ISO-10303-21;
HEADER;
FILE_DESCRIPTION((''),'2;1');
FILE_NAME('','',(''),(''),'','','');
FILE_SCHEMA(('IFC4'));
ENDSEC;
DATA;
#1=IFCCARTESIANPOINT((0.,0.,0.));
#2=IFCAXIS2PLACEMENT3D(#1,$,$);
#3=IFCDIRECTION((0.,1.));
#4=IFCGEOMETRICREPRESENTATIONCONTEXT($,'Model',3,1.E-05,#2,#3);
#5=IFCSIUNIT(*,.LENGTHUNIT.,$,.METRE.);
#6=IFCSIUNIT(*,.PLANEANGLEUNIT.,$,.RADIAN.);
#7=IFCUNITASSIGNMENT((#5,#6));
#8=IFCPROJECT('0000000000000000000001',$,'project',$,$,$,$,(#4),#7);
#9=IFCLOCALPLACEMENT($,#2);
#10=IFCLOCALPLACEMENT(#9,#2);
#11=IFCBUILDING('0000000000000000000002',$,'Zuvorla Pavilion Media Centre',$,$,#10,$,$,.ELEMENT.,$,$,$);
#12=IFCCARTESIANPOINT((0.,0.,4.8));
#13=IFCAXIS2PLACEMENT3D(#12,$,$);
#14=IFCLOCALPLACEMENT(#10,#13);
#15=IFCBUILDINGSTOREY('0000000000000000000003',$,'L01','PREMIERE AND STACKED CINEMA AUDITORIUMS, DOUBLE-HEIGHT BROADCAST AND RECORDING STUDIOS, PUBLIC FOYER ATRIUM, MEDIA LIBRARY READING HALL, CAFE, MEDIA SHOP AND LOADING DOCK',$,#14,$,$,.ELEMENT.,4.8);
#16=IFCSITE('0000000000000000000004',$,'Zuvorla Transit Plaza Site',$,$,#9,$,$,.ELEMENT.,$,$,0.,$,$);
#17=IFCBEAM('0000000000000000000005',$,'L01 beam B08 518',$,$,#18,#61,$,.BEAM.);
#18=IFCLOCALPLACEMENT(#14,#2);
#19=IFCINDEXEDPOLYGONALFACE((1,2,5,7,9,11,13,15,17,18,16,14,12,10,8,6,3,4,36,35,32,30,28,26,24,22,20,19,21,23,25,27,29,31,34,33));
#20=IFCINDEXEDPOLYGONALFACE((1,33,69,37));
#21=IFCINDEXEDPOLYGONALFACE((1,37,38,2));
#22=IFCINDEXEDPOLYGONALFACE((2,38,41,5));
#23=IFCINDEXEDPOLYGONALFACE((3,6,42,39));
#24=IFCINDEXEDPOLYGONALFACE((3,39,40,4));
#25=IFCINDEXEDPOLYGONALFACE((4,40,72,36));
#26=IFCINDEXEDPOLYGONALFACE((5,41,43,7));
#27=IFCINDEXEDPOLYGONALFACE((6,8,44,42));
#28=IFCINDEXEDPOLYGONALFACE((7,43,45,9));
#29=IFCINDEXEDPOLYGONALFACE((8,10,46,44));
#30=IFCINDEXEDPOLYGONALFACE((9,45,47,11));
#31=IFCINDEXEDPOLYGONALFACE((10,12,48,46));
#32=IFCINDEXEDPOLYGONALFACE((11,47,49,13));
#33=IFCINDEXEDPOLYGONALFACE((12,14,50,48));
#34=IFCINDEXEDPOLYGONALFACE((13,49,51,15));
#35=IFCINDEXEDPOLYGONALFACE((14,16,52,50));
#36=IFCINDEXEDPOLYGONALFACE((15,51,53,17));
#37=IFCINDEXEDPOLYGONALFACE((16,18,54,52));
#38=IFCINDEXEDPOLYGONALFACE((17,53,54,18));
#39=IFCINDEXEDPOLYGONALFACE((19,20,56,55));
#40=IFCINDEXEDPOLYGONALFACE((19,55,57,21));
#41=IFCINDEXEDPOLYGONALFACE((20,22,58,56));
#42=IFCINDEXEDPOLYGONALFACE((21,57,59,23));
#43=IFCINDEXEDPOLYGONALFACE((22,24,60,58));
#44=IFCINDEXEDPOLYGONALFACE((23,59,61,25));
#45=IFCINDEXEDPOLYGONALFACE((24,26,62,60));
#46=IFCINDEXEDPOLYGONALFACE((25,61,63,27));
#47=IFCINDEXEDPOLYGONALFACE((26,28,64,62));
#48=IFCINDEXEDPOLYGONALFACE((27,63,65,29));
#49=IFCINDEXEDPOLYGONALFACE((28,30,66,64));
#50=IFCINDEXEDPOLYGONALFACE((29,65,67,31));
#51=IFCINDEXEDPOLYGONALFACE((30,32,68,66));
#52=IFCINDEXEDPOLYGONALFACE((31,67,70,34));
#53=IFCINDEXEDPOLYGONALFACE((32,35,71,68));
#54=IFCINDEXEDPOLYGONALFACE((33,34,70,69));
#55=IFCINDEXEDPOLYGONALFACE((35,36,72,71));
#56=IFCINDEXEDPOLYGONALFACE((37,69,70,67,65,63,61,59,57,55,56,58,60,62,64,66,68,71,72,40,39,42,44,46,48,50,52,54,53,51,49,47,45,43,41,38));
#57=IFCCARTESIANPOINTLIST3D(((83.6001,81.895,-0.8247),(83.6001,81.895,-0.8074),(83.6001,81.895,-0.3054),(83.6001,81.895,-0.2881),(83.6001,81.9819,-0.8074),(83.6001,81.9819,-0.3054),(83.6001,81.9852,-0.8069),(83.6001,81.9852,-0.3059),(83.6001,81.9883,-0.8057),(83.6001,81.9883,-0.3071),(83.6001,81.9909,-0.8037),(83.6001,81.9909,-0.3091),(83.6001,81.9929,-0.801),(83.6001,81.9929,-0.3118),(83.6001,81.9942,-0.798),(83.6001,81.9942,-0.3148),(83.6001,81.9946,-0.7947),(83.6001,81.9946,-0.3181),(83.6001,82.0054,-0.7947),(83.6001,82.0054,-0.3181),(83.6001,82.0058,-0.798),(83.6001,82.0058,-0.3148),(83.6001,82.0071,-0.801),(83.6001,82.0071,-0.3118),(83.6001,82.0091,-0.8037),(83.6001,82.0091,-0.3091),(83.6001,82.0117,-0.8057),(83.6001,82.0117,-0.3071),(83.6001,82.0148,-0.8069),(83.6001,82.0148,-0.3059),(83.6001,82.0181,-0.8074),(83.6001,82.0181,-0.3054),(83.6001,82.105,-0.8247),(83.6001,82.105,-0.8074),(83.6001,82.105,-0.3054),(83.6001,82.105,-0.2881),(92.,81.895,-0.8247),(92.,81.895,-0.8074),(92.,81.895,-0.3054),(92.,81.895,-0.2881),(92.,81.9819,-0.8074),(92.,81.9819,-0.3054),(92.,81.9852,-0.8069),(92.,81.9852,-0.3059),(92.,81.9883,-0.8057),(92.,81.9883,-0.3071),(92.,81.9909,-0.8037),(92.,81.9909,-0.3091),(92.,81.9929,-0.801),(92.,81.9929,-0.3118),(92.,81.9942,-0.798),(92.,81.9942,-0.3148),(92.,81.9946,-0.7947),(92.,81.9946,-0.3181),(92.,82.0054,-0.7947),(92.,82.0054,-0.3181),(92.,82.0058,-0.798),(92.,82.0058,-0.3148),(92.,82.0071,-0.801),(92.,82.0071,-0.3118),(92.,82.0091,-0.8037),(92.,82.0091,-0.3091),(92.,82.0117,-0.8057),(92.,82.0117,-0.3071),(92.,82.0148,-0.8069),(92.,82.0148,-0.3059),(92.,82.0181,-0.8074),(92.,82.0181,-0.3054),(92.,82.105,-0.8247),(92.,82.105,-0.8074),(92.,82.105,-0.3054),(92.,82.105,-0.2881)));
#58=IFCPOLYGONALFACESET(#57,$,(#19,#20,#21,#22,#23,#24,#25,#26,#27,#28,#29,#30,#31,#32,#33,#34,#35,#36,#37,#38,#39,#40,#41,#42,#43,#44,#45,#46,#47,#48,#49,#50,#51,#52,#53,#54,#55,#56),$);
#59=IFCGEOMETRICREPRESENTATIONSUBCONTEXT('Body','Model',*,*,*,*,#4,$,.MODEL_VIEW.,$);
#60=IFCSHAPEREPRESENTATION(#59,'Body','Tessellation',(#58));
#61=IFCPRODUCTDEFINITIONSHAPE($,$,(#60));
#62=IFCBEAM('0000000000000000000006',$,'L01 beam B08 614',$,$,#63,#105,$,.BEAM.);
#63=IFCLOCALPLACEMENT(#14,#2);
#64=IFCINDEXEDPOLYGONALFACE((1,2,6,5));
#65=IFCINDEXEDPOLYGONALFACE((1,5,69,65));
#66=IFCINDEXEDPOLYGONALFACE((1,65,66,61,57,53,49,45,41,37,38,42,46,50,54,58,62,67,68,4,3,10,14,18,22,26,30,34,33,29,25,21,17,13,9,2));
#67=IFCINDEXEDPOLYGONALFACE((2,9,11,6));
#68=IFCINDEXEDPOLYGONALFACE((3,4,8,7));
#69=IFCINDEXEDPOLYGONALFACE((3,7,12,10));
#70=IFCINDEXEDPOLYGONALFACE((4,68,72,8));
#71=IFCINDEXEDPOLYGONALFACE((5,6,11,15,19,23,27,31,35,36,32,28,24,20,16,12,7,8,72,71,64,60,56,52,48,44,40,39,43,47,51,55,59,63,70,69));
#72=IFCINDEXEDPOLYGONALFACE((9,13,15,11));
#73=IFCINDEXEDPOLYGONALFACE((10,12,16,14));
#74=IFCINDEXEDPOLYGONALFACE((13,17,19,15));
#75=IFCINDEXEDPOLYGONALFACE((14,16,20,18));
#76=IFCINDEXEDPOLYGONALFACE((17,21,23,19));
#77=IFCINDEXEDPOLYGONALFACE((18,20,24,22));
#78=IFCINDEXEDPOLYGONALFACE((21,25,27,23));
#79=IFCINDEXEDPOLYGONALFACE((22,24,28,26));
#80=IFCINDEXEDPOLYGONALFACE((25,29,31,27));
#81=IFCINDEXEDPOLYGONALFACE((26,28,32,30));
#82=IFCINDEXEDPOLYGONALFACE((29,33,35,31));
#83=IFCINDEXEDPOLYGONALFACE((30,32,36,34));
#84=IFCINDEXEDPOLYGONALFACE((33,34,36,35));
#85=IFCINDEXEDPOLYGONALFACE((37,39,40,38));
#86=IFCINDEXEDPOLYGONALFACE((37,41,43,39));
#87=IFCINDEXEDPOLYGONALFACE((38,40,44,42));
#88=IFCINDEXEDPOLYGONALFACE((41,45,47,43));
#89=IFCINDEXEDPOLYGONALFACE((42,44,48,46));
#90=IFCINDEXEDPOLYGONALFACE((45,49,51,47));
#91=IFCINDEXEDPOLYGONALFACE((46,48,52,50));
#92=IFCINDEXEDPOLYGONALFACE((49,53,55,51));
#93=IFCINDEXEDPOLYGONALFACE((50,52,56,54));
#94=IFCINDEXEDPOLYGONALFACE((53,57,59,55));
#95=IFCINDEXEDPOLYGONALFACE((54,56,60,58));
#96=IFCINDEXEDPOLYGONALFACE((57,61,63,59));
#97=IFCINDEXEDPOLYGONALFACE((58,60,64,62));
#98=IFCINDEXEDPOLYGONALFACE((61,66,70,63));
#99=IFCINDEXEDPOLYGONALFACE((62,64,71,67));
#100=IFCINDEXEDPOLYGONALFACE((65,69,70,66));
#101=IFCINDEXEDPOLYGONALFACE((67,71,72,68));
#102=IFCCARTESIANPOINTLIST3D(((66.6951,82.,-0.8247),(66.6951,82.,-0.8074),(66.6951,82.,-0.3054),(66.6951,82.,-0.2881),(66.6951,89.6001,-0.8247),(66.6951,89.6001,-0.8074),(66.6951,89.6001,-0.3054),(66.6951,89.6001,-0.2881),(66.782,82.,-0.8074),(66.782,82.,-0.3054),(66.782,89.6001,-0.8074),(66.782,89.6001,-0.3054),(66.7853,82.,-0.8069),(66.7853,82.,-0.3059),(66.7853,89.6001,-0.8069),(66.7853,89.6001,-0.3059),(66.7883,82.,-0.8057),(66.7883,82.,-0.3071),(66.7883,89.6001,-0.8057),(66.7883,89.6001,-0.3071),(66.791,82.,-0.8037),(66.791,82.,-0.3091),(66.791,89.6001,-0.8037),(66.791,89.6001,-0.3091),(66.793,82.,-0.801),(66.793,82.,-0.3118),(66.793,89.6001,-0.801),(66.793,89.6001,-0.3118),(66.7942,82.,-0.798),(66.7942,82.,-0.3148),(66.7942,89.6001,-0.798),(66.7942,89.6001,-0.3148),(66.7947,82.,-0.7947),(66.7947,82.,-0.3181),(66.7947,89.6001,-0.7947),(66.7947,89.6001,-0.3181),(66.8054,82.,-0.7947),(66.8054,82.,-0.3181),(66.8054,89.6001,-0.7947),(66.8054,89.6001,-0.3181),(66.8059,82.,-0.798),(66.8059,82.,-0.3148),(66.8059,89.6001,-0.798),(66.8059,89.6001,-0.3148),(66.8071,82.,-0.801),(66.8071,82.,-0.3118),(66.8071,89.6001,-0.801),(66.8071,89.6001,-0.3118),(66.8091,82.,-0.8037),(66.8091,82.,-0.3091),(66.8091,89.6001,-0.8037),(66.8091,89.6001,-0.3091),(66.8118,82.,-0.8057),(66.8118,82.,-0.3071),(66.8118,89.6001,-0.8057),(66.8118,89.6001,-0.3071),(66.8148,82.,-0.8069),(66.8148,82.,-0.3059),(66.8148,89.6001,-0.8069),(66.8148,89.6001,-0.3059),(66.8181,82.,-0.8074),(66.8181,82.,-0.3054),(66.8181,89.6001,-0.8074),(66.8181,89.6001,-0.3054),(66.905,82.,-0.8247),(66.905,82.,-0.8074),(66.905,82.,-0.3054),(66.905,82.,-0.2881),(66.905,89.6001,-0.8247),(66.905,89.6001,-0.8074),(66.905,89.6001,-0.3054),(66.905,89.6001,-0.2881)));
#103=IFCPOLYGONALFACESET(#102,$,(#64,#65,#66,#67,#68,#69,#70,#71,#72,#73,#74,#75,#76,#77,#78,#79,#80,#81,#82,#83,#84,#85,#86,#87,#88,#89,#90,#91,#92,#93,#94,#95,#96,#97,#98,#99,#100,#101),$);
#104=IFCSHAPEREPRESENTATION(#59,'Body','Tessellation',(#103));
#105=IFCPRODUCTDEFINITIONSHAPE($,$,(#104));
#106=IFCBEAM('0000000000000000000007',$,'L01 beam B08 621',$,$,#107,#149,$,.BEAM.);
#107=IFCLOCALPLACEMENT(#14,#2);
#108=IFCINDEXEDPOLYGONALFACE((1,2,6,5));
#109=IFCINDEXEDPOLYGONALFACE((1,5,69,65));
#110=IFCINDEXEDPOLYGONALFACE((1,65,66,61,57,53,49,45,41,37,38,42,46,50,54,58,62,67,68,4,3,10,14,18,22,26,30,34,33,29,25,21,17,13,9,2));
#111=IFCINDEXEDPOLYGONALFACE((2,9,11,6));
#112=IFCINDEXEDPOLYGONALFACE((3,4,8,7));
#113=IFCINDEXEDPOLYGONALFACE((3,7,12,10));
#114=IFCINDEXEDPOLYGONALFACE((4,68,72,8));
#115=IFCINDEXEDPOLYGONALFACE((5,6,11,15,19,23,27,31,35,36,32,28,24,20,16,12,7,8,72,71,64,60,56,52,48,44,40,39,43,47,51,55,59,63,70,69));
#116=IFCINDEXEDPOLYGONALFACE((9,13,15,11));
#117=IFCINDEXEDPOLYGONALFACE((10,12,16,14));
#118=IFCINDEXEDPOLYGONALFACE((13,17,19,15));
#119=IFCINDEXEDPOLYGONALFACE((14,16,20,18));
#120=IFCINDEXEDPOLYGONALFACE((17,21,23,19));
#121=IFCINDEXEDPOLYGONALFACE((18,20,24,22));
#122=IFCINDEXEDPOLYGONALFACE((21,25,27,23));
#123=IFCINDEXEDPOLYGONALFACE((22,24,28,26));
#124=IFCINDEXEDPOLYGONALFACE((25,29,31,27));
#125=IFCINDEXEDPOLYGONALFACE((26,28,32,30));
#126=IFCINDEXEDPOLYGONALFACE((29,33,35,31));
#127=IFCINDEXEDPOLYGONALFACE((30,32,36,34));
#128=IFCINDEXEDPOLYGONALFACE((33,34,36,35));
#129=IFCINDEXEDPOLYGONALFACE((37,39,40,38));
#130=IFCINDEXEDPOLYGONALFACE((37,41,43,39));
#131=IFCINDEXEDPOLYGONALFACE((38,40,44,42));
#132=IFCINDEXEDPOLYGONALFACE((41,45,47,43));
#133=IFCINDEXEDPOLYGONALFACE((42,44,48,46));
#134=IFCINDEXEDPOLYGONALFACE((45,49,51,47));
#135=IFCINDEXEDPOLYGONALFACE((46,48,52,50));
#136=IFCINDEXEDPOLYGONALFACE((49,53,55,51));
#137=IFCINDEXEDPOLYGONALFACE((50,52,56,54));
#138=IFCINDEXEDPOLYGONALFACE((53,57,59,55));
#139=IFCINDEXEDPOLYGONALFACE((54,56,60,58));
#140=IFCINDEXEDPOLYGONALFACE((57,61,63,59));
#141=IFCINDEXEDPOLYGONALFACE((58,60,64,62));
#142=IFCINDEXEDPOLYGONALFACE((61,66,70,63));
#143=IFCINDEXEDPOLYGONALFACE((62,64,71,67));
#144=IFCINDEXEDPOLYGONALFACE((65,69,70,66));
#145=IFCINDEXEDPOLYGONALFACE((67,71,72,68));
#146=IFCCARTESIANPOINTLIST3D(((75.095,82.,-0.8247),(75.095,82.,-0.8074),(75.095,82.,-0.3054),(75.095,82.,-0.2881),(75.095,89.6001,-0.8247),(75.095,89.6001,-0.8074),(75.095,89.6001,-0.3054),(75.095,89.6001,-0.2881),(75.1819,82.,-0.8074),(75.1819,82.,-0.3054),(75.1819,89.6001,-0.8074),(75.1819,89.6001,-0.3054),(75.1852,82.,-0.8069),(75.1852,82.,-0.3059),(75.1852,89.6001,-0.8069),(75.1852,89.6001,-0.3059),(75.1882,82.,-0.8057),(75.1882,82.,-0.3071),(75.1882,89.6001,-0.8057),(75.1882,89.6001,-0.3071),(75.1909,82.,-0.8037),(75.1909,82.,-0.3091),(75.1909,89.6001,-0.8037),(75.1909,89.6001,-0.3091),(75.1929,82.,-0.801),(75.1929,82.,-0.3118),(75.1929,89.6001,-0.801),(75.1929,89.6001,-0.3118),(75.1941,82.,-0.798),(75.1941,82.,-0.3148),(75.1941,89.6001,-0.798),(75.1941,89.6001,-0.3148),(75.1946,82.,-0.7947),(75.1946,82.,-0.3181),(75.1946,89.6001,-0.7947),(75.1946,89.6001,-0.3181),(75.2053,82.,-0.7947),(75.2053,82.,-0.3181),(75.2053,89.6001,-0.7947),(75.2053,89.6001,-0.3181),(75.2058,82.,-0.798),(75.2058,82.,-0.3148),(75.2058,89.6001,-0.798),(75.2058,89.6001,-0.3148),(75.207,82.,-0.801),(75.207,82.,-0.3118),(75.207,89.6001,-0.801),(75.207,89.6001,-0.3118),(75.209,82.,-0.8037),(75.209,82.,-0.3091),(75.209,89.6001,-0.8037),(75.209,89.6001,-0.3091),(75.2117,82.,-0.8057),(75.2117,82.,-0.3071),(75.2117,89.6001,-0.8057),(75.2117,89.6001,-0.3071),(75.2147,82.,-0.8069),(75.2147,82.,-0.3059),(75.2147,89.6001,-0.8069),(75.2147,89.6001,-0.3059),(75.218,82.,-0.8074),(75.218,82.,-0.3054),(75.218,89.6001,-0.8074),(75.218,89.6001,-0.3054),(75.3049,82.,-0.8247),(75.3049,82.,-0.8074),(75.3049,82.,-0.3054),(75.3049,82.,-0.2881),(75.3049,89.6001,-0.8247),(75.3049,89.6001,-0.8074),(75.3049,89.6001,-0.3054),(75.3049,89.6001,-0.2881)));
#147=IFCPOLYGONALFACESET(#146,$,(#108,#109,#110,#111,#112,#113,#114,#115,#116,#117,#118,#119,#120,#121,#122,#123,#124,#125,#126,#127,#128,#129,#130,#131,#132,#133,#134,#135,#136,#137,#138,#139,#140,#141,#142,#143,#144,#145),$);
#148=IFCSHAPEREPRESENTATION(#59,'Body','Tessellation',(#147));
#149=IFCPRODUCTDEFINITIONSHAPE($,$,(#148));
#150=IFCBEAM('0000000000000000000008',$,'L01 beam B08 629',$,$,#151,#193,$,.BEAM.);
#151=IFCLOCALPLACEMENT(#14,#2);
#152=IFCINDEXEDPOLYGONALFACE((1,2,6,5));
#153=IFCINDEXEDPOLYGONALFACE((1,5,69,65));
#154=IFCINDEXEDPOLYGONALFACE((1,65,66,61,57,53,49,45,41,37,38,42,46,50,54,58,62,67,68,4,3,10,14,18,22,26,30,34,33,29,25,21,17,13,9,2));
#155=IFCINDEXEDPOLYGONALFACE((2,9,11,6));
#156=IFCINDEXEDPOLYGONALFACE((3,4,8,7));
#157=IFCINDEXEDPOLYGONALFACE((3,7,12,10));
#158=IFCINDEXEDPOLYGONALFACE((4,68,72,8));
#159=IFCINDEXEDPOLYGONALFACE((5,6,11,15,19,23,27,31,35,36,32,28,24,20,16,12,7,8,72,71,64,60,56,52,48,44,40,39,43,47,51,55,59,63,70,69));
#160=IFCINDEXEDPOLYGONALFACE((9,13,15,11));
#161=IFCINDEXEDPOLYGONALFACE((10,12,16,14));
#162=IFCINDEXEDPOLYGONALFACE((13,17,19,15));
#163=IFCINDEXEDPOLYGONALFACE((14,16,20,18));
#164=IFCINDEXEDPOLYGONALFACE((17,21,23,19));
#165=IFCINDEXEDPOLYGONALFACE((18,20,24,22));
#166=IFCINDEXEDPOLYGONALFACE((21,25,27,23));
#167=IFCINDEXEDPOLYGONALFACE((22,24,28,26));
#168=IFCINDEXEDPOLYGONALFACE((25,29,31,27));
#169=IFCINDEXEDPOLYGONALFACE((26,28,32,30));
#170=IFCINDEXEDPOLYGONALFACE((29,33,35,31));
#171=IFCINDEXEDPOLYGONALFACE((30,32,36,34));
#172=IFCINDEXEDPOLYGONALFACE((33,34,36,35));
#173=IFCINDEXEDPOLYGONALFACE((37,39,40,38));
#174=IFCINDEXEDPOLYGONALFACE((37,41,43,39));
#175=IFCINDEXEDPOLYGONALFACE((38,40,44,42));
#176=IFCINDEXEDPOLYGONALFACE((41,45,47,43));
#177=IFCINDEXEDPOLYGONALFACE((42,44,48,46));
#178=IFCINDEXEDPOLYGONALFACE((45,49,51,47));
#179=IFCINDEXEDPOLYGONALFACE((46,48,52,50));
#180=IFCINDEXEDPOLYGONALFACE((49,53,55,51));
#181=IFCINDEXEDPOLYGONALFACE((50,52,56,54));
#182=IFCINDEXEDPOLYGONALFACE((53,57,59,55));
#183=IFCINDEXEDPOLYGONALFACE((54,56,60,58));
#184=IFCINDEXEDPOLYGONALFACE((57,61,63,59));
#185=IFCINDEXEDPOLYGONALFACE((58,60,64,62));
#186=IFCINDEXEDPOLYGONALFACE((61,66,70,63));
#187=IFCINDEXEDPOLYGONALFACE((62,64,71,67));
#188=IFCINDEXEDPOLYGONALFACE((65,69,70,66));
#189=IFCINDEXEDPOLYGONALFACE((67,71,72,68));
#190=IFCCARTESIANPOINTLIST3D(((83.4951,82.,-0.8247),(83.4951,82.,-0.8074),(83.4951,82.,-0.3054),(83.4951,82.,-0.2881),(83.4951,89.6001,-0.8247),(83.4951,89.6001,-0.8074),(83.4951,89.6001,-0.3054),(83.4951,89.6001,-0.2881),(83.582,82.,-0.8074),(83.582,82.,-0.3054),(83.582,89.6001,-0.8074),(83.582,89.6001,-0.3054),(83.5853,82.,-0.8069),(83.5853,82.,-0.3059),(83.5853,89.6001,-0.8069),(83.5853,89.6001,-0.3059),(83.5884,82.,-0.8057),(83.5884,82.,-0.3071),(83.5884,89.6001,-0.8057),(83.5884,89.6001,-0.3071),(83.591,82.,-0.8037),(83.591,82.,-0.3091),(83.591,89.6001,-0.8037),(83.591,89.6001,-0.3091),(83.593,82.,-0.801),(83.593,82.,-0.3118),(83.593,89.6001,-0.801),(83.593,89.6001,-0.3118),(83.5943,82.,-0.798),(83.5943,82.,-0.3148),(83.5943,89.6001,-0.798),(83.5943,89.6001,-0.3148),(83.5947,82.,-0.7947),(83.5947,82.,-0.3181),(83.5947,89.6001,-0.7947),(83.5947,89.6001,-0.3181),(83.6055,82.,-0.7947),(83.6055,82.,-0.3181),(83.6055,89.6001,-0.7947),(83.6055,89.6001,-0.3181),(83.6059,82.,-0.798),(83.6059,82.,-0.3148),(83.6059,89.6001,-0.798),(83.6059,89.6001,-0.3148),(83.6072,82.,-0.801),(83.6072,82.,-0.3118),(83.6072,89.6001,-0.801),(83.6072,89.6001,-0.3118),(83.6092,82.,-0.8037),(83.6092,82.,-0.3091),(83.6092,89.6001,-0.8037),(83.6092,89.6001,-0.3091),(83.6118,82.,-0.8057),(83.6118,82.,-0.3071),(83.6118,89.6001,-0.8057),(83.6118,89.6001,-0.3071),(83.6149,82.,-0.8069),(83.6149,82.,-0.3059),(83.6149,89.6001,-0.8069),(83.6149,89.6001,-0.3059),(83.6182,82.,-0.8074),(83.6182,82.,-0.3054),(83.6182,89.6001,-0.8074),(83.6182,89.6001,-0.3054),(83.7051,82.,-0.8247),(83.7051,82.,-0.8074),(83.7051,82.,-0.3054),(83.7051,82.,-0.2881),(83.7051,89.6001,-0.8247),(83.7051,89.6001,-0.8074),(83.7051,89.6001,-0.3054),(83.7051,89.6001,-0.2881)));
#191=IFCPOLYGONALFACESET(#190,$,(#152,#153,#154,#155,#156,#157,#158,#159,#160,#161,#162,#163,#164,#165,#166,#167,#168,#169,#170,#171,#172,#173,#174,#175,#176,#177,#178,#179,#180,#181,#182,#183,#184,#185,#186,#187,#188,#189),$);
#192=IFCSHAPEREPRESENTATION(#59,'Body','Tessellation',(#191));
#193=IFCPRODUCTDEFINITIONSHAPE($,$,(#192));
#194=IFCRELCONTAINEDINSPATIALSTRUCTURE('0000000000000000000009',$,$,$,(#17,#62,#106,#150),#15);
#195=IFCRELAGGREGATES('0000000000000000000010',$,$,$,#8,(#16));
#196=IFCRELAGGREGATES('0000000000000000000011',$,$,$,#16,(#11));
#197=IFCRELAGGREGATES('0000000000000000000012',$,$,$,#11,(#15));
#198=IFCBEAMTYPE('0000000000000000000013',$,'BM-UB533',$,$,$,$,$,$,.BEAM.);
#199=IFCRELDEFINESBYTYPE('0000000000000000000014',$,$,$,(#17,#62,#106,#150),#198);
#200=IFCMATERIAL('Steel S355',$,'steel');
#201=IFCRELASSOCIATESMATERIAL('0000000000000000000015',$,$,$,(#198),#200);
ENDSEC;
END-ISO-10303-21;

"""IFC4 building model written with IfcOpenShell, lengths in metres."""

from ifc_helpers import new_model, si_unit, direction, frame, origin, origin_2d, place, context, subcontext, project, spatial, i_section, extrude, material, material_profile, profile_set, type_object, element, save


model = new_model("IFC4")

# Units and contexts
model_context = context("Model", 3, precision=1e-05, world=origin(), true_north=direction((0.0, 1.0)))
body_context = subcontext(model_context, "Body", "Model", "MODEL_VIEW")
ifc_project = project(units=[si_unit("LENGTHUNIT", "METRE"), si_unit("PLANEANGLEUNIT", "RADIAN")], contexts=[model_context])

# Site, building, storey
site_placement = place(None, origin())
site = spatial("IfcSite", under=ifc_project, at=site_placement, Name="Zuvorla Transit Plaza Site", CompositionType="ELEMENT", RefElevation=0.0)
building_placement = place(site_placement, origin())
building = spatial("IfcBuilding", under=site, at=building_placement, Name="Zuvorla Pavilion Media Centre", CompositionType="ELEMENT")
storey_placement = place(building_placement, frame((0.0, 0.0, 4.8)))
storey = spatial("IfcBuildingStorey", under=building, at=storey_placement, Name="L01", Description="PREMIERE AND STACKED CINEMA AUDITORIUMS, DOUBLE-HEIGHT BROADCAST AND RECORDING STUDIOS, PUBLIC FOYER ATRIUM, MEDIA LIBRARY READING HALL, CAFE, MEDIA SHOP AND LOADING DOCK", CompositionType="ELEMENT", Elevation=4.8)

# Shared definitions
ifc_material_1 = material(Name="Steel S355", Category="steel")

# Beams
ifc_material_profile_1 = material_profile(ifc_material_1, i_section(OverallWidth=0.21, OverallDepth=0.5366, WebThickness=0.0107, FlangeThickness=0.0173, FilletRadius=0.0127, at=origin_2d()), Name="UB 533x210x101")
ifc_profile_set_1 = profile_set([ifc_material_profile_1], Name="Steel S355")
beam_type_1 = type_object("IfcBeamType", Name="BM-UB533", PredefinedType="BEAM", material=ifc_profile_set_1)
beam_1_placement = place(storey_placement, frame((83.6001, 82.0, -0.5564), z_axis=(1.0, 0.0, 0.0), x_axis=(0.0, 1.0, 0.0)))
element("IfcBeam", 1, at=beam_1_placement, inside=storey, type_object=beam_type_1, Name="L01 beam B08 518", PredefinedType="BEAM", context=body_context, shape_type="SweptSolid", body=[
    extrude(i_section(OverallWidth=0.21, OverallDepth=0.5366, WebThickness=0.0107, FlangeThickness=0.0173, FilletRadius=0.0127, at=origin_2d()), origin(), (0.0, 0.0, 1.0), 8.3999),
])
for number, where, z_axis, x_axis, name in (
    (2, (66.8, 82.0, -0.5564), (0.0, 1.0, 0.0), (-1.0, 0.0, 0.0), "L01 beam B08 614"),
    (3, (75.2, 82.0, -0.5564), (0.0, 1.0, 0.0), (-1.0, 0.0, 0.0), "L01 beam B08 621"),
    (4, (83.6001, 82.0, -0.5564), (0.0, 1.0, 0.0), (-1.0, 0.0, 0.0), "L01 beam B08 629"),
):
    element("IfcBeam", number, at=place(storey_placement, frame(where, z_axis=z_axis, x_axis=x_axis)), inside=storey, type_object=beam_type_1, Name=name, PredefinedType="BEAM", context=body_context, shape_type="SweptSolid", body=[
        extrude(i_section(OverallWidth=0.21, OverallDepth=0.5366, WebThickness=0.0107, FlangeThickness=0.0173, FilletRadius=0.0127, at=origin_2d()), origin(), (0.0, 0.0, 1.0), 7.6001),
    ])

save(model, "model.ifc")
